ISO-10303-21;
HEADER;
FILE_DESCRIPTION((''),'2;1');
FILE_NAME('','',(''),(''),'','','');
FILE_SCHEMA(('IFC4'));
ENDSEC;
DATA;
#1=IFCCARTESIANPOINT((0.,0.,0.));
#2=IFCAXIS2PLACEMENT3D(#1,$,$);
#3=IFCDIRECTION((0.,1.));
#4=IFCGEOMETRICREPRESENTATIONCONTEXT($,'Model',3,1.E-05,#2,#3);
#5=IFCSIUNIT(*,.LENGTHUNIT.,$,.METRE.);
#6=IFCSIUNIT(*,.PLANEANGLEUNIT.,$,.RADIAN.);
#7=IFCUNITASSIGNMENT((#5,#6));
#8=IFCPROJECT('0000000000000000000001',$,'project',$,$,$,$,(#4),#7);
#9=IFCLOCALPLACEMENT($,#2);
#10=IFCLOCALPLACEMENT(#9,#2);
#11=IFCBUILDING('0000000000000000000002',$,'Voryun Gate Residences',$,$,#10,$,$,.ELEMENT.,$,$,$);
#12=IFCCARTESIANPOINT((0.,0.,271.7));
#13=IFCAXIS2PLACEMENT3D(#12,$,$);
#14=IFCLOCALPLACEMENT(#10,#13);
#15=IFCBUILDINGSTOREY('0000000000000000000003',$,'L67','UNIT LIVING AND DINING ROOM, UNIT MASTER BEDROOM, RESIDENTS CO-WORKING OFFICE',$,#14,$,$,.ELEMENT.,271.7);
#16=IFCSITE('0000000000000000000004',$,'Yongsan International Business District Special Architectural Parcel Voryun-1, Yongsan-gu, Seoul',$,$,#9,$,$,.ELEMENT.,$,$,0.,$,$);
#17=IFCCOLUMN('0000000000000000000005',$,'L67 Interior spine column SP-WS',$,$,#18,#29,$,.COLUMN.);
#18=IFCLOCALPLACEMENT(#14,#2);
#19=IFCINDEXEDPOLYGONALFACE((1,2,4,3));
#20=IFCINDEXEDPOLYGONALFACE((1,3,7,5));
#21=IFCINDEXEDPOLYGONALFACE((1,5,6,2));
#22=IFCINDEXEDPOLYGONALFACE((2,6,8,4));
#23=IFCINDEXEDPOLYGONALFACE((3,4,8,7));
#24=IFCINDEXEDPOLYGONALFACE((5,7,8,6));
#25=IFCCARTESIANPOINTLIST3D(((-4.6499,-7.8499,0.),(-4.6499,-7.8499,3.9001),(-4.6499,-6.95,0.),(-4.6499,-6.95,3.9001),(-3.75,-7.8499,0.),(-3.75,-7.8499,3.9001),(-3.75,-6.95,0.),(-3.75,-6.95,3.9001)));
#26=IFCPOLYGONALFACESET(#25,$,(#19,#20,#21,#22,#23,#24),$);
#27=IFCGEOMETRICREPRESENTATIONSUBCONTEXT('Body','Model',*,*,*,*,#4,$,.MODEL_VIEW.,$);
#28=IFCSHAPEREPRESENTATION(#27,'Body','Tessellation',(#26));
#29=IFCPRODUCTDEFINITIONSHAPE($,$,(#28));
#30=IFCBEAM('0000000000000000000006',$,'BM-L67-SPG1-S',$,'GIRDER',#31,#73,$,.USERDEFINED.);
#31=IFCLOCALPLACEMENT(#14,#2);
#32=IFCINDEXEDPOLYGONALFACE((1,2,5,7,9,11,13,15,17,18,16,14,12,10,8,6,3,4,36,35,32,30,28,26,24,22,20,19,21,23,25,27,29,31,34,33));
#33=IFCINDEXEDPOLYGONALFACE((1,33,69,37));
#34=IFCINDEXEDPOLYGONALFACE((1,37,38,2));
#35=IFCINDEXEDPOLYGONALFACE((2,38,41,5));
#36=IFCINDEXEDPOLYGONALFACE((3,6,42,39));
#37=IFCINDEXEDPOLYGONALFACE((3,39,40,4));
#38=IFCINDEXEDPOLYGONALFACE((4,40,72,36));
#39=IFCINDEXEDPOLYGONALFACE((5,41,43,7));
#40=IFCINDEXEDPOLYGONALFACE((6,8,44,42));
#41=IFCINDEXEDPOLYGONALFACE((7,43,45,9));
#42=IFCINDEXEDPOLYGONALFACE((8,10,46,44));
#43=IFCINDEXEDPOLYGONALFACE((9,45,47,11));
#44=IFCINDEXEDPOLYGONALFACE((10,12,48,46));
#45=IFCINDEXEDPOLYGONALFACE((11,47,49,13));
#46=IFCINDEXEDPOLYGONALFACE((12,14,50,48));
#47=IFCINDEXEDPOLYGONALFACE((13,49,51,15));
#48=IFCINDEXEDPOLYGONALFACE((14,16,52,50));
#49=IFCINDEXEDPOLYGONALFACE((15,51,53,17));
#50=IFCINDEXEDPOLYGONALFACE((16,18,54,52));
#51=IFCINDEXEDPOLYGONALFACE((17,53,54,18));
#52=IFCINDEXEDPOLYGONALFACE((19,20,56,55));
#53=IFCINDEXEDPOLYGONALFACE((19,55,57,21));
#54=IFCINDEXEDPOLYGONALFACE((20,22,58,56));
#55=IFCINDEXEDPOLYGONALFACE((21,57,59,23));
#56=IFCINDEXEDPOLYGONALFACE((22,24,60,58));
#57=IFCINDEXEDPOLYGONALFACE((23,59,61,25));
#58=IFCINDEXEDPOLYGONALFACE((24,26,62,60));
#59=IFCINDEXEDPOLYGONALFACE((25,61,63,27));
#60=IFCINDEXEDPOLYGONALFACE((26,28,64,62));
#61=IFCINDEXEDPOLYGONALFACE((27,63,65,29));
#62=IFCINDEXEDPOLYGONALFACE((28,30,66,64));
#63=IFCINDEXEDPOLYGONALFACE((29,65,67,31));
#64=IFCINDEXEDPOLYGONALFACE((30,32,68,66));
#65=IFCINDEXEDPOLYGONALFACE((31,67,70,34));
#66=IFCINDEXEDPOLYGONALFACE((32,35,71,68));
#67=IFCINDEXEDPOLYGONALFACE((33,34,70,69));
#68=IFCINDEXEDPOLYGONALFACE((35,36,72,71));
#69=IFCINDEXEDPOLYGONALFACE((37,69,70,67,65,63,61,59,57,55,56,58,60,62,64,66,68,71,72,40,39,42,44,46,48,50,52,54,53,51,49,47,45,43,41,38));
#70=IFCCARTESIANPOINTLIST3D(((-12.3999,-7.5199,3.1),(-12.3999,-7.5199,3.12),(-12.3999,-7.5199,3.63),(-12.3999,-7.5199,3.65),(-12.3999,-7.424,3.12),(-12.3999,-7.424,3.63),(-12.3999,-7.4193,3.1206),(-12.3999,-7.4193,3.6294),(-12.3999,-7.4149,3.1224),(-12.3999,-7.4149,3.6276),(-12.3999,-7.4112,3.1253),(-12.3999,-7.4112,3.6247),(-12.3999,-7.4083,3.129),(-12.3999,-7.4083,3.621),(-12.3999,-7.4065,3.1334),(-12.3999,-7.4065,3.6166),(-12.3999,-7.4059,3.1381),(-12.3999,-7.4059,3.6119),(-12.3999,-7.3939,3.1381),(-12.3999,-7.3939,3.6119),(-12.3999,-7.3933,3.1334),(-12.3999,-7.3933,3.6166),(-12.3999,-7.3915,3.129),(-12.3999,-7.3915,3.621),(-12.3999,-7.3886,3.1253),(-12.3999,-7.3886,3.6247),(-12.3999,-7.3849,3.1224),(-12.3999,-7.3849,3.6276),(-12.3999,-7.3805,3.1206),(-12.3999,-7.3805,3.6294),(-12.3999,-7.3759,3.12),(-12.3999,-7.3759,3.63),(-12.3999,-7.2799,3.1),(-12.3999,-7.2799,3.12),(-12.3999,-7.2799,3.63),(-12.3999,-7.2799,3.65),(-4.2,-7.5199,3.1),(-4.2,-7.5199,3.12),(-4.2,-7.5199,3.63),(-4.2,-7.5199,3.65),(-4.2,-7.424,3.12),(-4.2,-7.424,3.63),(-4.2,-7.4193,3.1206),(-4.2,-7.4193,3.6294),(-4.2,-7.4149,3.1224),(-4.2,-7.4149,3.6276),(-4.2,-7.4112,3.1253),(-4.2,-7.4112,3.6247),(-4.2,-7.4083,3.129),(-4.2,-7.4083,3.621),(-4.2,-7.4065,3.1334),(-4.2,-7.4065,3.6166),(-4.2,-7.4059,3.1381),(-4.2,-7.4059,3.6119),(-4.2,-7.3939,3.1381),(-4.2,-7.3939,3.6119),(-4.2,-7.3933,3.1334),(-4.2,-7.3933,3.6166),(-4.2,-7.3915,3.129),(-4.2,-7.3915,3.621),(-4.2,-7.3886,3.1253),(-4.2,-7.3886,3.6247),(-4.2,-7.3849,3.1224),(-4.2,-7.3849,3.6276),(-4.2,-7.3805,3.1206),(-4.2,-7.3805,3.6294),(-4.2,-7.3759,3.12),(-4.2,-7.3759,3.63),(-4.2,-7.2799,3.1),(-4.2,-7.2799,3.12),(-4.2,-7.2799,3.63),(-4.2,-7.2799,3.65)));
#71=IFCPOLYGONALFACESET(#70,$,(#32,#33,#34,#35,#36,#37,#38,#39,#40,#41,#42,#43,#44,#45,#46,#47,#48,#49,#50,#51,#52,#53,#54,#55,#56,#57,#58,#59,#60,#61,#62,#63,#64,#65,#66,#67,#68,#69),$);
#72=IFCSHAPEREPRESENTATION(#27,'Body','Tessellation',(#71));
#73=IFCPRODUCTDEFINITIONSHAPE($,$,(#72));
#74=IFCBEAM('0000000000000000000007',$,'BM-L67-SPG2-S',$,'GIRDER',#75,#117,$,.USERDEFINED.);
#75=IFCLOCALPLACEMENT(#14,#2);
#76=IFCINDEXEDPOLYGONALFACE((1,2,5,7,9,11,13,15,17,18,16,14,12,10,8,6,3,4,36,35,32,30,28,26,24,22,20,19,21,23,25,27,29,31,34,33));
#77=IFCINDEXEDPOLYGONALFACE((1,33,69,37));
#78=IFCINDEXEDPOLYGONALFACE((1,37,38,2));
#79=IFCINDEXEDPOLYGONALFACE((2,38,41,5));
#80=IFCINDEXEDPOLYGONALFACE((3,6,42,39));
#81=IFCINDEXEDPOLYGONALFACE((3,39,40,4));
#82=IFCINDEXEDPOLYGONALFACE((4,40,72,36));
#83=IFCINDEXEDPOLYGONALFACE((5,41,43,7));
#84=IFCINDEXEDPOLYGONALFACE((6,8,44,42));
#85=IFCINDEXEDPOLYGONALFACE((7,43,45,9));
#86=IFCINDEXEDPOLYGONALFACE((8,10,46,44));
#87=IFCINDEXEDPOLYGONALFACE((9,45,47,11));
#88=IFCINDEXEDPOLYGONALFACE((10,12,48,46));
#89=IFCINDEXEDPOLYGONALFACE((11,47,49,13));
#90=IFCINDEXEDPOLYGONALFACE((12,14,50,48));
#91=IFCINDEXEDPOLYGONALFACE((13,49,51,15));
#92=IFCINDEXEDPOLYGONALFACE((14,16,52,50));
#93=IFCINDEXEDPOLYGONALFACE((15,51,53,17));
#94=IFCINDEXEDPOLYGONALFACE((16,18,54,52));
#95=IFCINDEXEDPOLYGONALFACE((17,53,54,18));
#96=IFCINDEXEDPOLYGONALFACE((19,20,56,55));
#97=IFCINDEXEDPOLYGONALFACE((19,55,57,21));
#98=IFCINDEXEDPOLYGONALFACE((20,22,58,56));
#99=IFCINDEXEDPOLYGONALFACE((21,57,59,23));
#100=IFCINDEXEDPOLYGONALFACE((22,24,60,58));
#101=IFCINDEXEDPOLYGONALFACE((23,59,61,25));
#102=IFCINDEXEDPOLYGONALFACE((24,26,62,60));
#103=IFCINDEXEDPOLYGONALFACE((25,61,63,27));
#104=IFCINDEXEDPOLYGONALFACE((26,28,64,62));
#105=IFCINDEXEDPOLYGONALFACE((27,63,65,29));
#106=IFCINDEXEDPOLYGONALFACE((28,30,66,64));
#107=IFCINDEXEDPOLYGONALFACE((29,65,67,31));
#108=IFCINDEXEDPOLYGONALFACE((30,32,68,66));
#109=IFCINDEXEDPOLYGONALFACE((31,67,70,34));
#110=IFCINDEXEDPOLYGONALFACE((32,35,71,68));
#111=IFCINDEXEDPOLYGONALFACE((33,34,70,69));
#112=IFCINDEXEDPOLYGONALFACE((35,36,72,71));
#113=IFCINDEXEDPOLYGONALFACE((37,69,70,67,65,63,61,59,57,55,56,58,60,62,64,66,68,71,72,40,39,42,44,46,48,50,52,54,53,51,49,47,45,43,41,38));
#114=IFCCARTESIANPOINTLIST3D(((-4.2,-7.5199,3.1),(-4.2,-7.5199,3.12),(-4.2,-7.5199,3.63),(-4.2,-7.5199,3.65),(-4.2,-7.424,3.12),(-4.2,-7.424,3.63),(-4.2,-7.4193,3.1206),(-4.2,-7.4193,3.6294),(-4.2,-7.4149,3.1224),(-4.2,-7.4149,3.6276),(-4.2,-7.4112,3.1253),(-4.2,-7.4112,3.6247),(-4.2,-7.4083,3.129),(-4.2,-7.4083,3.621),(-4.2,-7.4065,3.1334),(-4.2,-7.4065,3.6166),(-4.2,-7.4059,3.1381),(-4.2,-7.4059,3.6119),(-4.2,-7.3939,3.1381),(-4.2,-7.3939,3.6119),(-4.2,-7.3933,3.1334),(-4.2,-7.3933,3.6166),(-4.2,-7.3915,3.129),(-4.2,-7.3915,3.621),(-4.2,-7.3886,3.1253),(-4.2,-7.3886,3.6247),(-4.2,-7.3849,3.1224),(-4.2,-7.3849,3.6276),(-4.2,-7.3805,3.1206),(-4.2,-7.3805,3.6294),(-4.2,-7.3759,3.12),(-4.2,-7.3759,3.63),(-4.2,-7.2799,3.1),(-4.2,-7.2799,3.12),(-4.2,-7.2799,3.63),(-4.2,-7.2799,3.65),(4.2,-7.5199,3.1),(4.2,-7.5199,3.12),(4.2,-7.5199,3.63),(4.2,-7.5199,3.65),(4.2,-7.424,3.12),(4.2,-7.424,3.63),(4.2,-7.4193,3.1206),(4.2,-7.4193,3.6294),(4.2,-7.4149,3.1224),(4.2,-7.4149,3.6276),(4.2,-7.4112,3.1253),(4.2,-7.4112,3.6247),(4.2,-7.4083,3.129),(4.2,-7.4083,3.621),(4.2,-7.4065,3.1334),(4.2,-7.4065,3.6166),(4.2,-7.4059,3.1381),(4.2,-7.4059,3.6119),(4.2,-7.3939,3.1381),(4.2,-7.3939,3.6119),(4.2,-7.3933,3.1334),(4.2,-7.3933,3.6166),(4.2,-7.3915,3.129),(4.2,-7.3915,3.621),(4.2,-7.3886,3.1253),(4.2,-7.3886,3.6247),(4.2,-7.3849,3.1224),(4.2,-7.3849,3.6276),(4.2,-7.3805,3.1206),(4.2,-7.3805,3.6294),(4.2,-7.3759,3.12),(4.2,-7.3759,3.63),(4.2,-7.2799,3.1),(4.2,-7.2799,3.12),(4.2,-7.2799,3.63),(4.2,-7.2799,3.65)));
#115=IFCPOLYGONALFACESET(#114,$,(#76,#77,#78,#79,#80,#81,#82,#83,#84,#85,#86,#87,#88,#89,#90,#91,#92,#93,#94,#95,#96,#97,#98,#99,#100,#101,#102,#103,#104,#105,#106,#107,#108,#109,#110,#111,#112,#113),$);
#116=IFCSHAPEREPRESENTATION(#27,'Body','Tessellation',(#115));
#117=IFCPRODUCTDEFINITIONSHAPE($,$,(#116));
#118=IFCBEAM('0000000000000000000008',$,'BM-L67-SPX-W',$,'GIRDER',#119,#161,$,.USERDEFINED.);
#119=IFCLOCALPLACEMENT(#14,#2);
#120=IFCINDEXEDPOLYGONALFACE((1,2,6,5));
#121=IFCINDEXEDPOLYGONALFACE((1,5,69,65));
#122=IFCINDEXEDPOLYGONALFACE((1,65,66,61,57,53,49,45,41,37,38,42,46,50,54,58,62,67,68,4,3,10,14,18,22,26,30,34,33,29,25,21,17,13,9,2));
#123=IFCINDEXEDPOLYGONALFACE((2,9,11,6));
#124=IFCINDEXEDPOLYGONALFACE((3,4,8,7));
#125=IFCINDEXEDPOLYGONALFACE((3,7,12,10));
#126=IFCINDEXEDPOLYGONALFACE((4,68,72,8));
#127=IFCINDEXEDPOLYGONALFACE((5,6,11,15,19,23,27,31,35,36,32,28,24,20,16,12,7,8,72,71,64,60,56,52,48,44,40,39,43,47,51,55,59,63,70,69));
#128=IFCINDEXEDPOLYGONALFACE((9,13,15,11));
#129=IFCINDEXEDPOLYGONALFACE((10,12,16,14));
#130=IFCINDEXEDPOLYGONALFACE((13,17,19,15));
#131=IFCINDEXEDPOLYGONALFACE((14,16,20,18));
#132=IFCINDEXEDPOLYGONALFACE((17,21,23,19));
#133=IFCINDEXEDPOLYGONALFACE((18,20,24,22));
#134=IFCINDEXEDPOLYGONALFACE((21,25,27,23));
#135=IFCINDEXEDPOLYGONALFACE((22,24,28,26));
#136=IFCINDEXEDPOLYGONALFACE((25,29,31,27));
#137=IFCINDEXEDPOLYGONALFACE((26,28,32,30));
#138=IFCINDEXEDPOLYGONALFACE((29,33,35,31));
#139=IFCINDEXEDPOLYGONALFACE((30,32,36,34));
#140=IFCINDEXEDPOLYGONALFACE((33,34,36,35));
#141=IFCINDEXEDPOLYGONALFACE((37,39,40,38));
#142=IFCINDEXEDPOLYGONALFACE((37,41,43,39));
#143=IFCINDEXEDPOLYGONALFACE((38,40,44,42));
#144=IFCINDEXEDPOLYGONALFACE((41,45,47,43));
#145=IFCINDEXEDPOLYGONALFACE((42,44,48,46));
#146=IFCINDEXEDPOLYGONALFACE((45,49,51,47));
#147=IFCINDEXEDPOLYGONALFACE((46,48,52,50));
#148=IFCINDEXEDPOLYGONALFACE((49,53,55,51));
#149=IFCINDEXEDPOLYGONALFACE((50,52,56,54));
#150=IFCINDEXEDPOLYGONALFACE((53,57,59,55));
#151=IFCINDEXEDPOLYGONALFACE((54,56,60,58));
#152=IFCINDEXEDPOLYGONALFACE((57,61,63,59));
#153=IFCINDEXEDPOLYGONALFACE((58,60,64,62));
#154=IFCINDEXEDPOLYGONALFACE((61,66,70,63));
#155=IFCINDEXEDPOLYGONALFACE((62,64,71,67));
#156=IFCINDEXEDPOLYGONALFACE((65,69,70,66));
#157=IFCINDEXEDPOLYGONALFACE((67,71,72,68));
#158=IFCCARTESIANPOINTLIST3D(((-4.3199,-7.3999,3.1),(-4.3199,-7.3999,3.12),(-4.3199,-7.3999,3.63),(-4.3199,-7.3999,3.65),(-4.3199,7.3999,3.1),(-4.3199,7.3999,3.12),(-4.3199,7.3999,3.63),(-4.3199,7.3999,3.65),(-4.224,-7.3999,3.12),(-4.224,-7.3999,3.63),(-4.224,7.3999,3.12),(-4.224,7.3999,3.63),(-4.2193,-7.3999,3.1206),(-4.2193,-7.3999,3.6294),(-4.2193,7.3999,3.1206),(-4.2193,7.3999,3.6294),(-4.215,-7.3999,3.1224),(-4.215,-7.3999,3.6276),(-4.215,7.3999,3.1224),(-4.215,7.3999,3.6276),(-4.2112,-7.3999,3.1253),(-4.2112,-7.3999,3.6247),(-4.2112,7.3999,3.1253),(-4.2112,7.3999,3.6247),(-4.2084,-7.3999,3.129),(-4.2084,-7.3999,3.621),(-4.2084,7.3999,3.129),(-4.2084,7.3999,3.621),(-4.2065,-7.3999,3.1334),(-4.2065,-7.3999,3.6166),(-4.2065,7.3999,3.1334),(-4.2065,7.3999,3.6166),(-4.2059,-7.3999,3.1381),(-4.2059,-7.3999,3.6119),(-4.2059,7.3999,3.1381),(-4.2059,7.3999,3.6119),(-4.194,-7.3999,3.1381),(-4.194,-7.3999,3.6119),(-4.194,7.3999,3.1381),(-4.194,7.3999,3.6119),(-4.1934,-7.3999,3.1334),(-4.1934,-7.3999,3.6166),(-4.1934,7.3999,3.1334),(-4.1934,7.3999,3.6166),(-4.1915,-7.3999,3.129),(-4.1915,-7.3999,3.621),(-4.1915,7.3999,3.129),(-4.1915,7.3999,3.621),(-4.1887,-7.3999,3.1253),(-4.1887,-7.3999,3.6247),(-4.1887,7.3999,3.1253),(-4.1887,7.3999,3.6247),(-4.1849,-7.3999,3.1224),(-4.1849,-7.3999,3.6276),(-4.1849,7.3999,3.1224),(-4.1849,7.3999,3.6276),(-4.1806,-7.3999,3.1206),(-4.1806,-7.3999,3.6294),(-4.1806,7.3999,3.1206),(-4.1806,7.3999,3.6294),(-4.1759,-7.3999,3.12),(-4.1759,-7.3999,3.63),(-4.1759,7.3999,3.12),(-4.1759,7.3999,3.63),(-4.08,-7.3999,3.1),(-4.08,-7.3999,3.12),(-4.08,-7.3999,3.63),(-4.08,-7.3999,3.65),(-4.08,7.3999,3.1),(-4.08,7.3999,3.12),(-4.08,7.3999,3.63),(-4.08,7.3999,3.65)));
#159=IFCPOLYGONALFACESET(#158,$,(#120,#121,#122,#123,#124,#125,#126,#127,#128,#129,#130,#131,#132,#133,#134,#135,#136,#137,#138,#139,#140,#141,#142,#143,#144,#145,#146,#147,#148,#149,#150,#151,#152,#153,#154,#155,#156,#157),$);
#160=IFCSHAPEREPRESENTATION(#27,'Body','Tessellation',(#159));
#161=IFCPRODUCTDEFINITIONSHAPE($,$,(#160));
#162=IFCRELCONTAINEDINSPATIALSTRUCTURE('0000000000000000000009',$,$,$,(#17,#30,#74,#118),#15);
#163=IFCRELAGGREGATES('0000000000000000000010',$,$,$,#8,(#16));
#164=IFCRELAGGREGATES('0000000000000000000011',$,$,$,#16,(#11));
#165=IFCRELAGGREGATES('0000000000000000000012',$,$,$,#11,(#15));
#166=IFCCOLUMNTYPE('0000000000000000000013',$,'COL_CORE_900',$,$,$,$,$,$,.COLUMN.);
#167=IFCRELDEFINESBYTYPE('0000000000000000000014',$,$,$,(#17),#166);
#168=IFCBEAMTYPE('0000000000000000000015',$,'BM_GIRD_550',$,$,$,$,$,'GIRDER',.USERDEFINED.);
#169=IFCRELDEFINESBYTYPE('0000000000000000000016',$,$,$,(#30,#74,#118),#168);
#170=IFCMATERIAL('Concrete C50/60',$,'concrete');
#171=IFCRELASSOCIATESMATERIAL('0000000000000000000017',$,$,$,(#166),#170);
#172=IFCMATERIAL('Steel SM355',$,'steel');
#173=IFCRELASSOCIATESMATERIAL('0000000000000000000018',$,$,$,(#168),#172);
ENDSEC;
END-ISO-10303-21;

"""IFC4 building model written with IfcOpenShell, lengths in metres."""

from ifc_helpers import new_model, si_unit, direction, frame, origin, origin_2d, place, context, subcontext, project, spatial, rectangle, i_section, extrude, material, material_profile, profile_set, type_object, element, save


model = new_model("IFC4")

# Units and contexts
model_context = context("Model", 3, precision=1e-05, world=origin(), true_north=direction((0.0, 1.0)))
body_context = subcontext(model_context, "Body", "Model", "MODEL_VIEW")
ifc_project = project(units=[si_unit("LENGTHUNIT", "METRE"), si_unit("PLANEANGLEUNIT", "RADIAN")], contexts=[model_context])

# Site, building, storey
site_placement = place(None, origin())
site = spatial("IfcSite", under=ifc_project, at=site_placement, Name="Yongsan International Business District Special Architectural Parcel Voryun-1, Yongsan-gu, Seoul", CompositionType="ELEMENT", RefElevation=0.0)
building_placement = place(site_placement, origin())
building = spatial("IfcBuilding", under=site, at=building_placement, Name="Voryun Gate Residences", CompositionType="ELEMENT")
storey_placement = place(building_placement, frame((0.0, 0.0, 271.7)))
storey = spatial("IfcBuildingStorey", under=building, at=storey_placement, Name="L67", Description="UNIT LIVING AND DINING ROOM, UNIT MASTER BEDROOM, RESIDENTS CO-WORKING OFFICE", CompositionType="ELEMENT", Elevation=271.7)

# Column
ifc_material_1 = material(Name="Concrete C50/60", Category="concrete")
ifc_material_profile_1 = material_profile(ifc_material_1, rectangle(XDim=0.8999, YDim=0.8999, at=origin_2d()), Name="RC-900x900")
ifc_profile_set_1 = profile_set([ifc_material_profile_1], Name="Concrete C50/60")
column_type = type_object("IfcColumnType", Name="COL_CORE_900", PredefinedType="COLUMN", material=ifc_profile_set_1)
column_placement = place(storey_placement, frame((-4.2, -7.3999, 0.0), z_axis=(0.0, 0.0, 1.0), x_axis=(1.0, 0.0, 0.0)))
element("IfcColumn", 1, at=column_placement, inside=storey, type_object=column_type, Name="L67 Interior spine column SP-WS", PredefinedType="COLUMN", context=body_context, shape_type="SweptSolid", body=[
    extrude(rectangle(XDim=0.8999, YDim=0.8999, at=origin_2d()), origin(), (0.0, 0.0, 1.0), 3.9001),
])

# Beams
ifc_material_2 = material(Name="Steel SM355", Category="steel")
ifc_material_profile_2 = material_profile(ifc_material_2, i_section(OverallWidth=0.24, OverallDepth=0.55, WebThickness=0.012, FlangeThickness=0.02, FilletRadius=0.0181, at=origin_2d()), Name="H-550x240x12x20")
ifc_profile_set_2 = profile_set([ifc_material_profile_2], Name="Steel SM355")
beam_type_1 = type_object("IfcBeamType", Name="BM_GIRD_550", ElementType="GIRDER", PredefinedType="USERDEFINED", material=ifc_profile_set_2)
beam_1_placement = place(storey_placement, frame((-12.3999, -7.3999, 3.375), z_axis=(1.0, 0.0, 0.0), x_axis=(0.0, 1.0, 0.0)))
element("IfcBeam", 2, at=beam_1_placement, inside=storey, type_object=beam_type_1, Name="BM-L67-SPG1-S", ObjectType="GIRDER", PredefinedType="USERDEFINED", context=body_context, shape_type="SweptSolid", body=[
    extrude(i_section(OverallWidth=0.24, OverallDepth=0.55, WebThickness=0.012, FlangeThickness=0.02, FilletRadius=0.0181, at=origin_2d()), origin(), (0.0, 0.0, 1.0), 8.2),
])
beam_2_placement = place(storey_placement, frame((-4.2, -7.3999, 3.375), z_axis=(1.0, 0.0, 0.0), x_axis=(0.0, 1.0, 0.0)))
element("IfcBeam", 3, at=beam_2_placement, inside=storey, type_object=beam_type_1, Name="BM-L67-SPG2-S", ObjectType="GIRDER", PredefinedType="USERDEFINED", context=body_context, shape_type="SweptSolid", body=[
    extrude(i_section(OverallWidth=0.24, OverallDepth=0.55, WebThickness=0.012, FlangeThickness=0.02, FilletRadius=0.0181, at=origin_2d()), origin(), (0.0, 0.0, 1.0), 8.3999),
])
beam_3_placement = place(storey_placement, frame((-4.2, -7.3999, 3.375), z_axis=(0.0, 1.0, 0.0), x_axis=(-1.0, 0.0, 0.0)))
element("IfcBeam", 4, at=beam_3_placement, inside=storey, type_object=beam_type_1, Name="BM-L67-SPX-W", ObjectType="GIRDER", PredefinedType="USERDEFINED", context=body_context, shape_type="SweptSolid", body=[
    extrude(i_section(OverallWidth=0.24, OverallDepth=0.55, WebThickness=0.012, FlangeThickness=0.02, FilletRadius=0.0181, at=origin_2d()), origin(), (0.0, 0.0, 1.0), 14.7998),
])

save(model, "model.ifc")
